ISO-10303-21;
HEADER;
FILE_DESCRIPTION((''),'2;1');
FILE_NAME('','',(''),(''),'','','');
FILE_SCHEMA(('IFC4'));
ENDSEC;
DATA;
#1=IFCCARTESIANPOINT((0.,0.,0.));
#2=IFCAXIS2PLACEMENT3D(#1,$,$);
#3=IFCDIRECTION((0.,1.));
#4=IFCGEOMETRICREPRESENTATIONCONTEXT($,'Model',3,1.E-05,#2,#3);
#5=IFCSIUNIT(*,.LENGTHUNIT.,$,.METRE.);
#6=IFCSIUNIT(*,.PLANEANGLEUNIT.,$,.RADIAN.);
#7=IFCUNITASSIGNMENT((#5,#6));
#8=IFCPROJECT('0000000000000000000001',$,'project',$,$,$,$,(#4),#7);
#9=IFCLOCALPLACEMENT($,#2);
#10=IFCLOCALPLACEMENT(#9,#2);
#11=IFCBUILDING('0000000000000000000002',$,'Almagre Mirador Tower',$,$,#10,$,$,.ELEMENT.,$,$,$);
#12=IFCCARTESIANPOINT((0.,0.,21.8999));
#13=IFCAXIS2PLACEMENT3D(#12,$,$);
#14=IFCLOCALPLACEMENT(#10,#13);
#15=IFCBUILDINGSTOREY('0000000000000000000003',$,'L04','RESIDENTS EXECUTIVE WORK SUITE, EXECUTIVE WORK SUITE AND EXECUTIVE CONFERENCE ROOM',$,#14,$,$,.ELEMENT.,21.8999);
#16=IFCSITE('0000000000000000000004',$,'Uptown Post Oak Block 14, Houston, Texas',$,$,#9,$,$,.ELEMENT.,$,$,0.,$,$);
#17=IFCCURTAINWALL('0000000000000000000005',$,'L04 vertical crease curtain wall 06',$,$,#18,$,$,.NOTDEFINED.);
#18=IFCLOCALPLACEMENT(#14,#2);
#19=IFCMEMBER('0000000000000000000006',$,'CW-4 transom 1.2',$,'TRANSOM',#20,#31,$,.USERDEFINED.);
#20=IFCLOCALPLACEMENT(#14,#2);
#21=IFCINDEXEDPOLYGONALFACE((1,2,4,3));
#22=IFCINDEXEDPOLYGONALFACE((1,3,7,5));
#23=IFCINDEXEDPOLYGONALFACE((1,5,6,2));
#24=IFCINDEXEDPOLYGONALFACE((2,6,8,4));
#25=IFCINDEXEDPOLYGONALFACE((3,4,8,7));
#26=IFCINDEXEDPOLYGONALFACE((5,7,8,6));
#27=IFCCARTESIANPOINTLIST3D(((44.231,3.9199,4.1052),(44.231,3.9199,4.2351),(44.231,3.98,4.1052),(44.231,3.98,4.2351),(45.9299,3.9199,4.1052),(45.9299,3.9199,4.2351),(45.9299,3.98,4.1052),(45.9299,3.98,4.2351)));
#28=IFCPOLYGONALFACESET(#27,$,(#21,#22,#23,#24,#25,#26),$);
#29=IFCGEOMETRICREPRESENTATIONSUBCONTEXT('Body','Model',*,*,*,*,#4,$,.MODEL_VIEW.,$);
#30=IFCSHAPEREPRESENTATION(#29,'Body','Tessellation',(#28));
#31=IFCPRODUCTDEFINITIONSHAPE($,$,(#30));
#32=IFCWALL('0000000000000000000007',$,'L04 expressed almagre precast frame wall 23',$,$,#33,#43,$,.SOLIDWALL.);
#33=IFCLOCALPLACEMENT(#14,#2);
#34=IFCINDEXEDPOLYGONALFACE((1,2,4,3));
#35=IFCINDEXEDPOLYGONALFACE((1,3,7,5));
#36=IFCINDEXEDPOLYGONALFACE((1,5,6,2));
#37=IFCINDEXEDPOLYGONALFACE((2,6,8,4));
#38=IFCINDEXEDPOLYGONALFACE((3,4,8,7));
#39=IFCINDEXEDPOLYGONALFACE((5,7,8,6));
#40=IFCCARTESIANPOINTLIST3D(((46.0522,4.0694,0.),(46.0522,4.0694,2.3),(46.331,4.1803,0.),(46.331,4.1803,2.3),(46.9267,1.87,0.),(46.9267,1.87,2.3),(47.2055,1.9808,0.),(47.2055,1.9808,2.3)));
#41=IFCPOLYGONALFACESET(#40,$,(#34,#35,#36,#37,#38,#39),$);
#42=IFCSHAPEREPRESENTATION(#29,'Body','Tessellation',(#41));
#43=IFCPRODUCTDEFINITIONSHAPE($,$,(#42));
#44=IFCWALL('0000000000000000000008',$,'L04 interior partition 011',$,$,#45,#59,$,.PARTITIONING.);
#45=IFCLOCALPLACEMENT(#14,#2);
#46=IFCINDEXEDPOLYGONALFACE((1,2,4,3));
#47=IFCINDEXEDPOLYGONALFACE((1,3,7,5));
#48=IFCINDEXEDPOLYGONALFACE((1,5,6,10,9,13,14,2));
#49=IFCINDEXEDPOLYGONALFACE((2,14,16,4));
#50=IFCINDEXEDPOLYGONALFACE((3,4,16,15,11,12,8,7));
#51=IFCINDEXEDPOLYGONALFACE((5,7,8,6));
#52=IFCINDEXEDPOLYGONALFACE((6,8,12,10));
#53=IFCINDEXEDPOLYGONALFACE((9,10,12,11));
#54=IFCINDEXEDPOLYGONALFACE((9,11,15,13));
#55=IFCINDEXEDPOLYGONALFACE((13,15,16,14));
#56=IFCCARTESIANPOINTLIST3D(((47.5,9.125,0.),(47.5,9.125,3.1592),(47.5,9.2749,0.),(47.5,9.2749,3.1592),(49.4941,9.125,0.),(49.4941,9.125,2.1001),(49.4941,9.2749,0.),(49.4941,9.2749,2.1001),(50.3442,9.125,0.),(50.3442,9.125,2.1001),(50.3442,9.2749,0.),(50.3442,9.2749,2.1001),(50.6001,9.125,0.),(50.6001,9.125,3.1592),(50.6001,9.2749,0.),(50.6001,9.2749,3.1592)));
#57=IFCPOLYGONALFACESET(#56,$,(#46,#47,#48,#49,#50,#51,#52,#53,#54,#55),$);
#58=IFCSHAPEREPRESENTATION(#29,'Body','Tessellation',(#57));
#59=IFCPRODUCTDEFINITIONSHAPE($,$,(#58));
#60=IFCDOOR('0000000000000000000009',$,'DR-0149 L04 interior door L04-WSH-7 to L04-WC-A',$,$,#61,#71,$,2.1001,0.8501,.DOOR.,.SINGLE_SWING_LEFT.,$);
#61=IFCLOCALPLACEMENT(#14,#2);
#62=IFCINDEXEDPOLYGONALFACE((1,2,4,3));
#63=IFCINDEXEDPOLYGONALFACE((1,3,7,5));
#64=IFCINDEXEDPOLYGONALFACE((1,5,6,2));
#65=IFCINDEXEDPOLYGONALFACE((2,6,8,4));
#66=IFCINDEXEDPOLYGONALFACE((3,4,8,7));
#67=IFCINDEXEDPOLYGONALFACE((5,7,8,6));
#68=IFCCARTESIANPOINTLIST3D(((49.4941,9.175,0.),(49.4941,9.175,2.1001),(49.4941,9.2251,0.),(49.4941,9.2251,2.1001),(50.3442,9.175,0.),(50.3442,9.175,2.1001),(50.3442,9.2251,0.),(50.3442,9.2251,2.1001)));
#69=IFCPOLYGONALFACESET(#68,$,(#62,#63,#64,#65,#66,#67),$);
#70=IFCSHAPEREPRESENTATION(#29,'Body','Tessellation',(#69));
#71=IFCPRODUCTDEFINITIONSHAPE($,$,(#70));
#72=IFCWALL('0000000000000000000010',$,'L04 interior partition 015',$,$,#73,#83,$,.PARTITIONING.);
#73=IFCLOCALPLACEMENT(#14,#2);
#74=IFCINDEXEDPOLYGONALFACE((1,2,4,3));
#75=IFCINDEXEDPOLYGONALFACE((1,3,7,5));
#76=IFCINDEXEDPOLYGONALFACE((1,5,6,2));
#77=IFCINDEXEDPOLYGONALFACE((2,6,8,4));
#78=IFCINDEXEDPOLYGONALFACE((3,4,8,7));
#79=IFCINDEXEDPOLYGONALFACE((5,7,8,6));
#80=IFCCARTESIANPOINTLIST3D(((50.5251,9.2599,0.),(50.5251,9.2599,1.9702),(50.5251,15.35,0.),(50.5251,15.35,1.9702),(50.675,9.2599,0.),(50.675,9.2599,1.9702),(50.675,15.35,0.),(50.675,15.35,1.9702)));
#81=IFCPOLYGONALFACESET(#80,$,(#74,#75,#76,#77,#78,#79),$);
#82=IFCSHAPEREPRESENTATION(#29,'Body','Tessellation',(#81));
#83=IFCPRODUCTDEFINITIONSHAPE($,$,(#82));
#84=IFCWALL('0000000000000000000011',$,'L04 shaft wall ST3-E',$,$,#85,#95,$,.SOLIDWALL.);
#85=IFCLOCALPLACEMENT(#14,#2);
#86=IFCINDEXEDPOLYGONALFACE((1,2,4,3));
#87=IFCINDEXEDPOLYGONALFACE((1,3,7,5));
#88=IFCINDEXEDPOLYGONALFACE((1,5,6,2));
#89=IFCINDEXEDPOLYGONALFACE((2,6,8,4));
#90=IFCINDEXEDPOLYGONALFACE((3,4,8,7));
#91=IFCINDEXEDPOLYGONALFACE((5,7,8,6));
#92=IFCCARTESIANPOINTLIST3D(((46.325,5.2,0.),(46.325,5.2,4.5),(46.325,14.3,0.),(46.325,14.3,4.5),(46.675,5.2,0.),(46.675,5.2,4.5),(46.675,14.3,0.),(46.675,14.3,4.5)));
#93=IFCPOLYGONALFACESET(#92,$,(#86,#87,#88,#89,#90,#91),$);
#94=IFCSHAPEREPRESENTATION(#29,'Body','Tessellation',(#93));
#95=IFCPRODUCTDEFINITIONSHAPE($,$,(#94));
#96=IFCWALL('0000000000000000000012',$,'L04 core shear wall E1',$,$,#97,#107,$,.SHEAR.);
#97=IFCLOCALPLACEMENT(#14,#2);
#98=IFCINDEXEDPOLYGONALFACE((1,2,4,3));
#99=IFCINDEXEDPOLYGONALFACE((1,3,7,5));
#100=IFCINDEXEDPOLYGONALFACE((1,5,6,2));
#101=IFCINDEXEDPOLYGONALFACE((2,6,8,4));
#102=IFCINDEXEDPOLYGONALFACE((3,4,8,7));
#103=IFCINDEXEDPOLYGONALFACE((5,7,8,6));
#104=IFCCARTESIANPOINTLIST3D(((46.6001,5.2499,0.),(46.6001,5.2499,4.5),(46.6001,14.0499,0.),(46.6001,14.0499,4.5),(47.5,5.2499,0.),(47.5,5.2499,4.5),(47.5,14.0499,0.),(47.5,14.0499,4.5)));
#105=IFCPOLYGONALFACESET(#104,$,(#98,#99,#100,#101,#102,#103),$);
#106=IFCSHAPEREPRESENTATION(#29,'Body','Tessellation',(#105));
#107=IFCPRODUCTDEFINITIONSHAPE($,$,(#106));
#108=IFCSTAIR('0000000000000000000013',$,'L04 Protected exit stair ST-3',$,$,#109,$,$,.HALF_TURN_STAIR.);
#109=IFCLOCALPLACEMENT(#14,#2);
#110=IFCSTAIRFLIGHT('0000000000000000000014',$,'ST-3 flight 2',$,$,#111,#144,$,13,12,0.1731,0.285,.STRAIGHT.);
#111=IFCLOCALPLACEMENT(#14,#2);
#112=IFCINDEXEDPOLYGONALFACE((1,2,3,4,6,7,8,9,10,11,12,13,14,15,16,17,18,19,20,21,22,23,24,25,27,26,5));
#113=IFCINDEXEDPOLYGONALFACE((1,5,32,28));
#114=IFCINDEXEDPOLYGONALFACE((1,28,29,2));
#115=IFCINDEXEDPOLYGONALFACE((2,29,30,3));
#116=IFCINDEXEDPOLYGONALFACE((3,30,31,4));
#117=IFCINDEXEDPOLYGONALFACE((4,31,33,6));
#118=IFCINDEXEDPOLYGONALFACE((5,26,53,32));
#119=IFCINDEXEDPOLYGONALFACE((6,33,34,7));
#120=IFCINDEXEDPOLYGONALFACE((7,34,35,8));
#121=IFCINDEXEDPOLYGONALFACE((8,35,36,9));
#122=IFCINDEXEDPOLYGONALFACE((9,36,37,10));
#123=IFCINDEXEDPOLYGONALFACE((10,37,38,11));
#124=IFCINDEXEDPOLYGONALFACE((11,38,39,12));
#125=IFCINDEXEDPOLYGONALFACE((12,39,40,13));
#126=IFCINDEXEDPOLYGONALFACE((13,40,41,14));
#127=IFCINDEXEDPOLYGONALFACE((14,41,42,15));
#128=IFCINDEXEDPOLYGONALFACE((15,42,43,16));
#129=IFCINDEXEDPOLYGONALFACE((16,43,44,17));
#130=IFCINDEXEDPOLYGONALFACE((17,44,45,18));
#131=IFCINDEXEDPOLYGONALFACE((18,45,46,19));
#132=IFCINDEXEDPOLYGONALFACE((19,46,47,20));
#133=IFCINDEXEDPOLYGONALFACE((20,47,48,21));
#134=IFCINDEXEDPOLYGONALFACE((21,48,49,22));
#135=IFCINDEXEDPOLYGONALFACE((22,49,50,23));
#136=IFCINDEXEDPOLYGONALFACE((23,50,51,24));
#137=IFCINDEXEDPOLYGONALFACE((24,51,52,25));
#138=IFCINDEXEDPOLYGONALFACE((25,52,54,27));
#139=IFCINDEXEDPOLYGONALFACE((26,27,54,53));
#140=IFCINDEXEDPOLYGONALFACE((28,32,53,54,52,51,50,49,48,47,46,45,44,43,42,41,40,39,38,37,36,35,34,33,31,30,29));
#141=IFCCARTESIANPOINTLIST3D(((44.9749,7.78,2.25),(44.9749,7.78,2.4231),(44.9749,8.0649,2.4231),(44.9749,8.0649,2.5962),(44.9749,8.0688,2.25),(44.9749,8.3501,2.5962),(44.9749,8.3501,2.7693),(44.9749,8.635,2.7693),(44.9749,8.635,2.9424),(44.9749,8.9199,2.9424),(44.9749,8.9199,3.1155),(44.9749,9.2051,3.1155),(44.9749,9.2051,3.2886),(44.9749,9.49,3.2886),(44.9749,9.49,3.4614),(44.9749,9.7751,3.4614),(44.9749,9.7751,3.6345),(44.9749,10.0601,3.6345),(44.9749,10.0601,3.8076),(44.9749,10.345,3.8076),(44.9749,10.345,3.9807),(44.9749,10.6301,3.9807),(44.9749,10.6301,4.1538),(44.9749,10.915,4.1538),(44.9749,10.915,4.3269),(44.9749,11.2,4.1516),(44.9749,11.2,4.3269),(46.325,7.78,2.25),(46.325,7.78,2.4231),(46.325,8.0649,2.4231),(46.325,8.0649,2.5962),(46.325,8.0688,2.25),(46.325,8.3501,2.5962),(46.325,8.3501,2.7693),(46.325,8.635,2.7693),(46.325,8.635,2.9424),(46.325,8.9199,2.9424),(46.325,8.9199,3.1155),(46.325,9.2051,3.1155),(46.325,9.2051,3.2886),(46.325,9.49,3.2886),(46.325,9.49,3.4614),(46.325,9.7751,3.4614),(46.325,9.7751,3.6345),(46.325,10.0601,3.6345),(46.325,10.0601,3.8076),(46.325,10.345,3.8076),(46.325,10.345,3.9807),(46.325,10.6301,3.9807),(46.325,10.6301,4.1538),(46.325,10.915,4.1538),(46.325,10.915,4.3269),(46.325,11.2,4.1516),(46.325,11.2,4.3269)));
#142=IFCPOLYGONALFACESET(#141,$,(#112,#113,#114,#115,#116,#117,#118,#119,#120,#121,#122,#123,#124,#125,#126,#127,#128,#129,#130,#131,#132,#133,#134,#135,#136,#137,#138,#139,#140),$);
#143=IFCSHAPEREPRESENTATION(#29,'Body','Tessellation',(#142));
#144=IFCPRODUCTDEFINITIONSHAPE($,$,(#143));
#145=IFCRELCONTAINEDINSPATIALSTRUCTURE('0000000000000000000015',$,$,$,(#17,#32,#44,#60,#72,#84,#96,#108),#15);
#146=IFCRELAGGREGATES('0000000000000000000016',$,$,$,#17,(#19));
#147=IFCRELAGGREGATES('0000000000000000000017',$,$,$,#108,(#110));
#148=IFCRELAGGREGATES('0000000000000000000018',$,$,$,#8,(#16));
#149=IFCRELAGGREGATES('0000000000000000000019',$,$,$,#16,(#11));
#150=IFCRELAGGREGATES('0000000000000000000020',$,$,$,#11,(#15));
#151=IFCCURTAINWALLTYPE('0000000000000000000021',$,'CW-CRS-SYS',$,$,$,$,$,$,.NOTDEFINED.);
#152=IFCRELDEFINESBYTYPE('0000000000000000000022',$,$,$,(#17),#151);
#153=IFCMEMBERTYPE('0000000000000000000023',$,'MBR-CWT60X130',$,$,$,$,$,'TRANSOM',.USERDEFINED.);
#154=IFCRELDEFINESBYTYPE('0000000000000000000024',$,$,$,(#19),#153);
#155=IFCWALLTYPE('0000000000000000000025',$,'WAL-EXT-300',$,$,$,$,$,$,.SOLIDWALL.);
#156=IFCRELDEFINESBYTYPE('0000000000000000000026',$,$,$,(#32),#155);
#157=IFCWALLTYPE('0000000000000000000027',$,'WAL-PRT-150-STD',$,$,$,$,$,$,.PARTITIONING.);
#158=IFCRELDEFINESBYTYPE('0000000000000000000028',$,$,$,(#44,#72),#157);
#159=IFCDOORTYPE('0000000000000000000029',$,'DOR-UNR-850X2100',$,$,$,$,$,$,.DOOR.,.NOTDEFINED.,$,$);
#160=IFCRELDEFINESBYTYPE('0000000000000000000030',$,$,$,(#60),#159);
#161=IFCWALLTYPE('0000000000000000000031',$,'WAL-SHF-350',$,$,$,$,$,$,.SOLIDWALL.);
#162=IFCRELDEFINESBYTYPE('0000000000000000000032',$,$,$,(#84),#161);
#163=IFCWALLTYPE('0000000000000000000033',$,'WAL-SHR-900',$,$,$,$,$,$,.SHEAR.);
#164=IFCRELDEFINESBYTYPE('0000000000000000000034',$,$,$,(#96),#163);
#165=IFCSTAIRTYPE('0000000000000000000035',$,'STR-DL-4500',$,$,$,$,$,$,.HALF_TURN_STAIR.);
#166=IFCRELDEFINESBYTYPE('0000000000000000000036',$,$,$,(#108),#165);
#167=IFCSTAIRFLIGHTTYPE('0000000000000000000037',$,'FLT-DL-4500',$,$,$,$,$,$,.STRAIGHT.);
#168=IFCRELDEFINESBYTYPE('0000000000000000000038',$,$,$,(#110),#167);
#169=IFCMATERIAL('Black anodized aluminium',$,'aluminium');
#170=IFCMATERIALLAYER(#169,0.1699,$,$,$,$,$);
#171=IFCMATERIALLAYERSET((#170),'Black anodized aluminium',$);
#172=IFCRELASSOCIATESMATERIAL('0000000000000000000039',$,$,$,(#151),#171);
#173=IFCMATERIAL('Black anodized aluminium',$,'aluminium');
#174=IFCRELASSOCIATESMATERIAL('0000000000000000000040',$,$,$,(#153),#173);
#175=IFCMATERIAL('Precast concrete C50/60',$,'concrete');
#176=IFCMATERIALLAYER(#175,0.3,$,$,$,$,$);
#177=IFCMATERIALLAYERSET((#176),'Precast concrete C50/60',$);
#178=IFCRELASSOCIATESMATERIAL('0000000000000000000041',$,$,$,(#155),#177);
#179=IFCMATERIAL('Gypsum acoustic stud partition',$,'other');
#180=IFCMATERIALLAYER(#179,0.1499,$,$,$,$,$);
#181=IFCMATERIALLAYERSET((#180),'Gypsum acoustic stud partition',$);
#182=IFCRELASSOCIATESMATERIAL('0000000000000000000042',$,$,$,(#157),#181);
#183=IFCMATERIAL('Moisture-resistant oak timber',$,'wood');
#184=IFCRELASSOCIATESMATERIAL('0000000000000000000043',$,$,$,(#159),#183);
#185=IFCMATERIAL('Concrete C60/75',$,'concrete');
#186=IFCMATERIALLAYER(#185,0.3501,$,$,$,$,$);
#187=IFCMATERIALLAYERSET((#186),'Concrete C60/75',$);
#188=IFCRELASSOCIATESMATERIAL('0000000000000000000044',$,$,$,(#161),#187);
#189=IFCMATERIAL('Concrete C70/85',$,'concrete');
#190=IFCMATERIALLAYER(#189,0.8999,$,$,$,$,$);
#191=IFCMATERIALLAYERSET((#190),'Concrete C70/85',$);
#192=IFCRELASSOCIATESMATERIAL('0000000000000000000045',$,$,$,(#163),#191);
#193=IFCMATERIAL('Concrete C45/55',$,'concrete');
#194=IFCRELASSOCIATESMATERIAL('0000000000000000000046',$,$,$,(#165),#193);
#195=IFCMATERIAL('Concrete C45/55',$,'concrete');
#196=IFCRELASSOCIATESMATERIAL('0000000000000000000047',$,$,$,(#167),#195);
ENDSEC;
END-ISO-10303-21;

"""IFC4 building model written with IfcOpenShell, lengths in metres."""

from ifc_helpers import new_model, si_unit, direction, frame, frame_2d, origin, origin_2d, place, context, subcontext, project, spatial, polyline, rectangle, outline, extrude, material, layer, layer_set, material_profile, profile_set, type_object, element, fill, aggregate, save


model = new_model("IFC4")

# Units and contexts
model_context = context("Model", 3, precision=1e-05, world=origin(), true_north=direction((0.0, 1.0)))
body_context = subcontext(model_context, "Body", "Model", "MODEL_VIEW")
ifc_project = project(units=[si_unit("LENGTHUNIT", "METRE"), si_unit("PLANEANGLEUNIT", "RADIAN")], contexts=[model_context])

# Site, building, storey
site_placement = place(None, origin())
site = spatial("IfcSite", under=ifc_project, at=site_placement, Name="Uptown Post Oak Block 14, Houston, Texas", CompositionType="ELEMENT", RefElevation=0.0)
building_placement = place(site_placement, origin())
building = spatial("IfcBuilding", under=site, at=building_placement, Name="Almagre Mirador Tower", CompositionType="ELEMENT")
storey_placement = place(building_placement, frame((0.0, 0.0, 21.8999)))
storey = spatial("IfcBuildingStorey", under=building, at=storey_placement, Name="L04", Description="RESIDENTS EXECUTIVE WORK SUITE, EXECUTIVE WORK SUITE AND EXECUTIVE CONFERENCE ROOM", CompositionType="ELEMENT", Elevation=21.8999)

# Curtain wall, member
ifc_material_1 = material(Name="Black anodized aluminium", Category="aluminium")
ifc_layer_1 = layer(ifc_material_1, 0.1699)
ifc_layer_set_1 = layer_set([ifc_layer_1], Name="Black anodized aluminium")
curtain_wall_type = type_object("IfcCurtainWallType", Name="CW-CRS-SYS", PredefinedType="NOTDEFINED", material=ifc_layer_set_1)
curtain_wall_placement = place(storey_placement, origin())
curtain_wall = element("IfcCurtainWall", 1, at=curtain_wall_placement, inside=storey, type_object=curtain_wall_type, Name="L04 vertical crease curtain wall 06", PredefinedType="NOTDEFINED")
ifc_material_2 = material(Name="Black anodized aluminium", Category="aluminium")
ifc_material_profile_1 = material_profile(ifc_material_2, rectangle(XDim=0.0601, YDim=0.1299, at=origin_2d()), Name="CWT60X130")
ifc_profile_set_1 = profile_set([ifc_material_profile_1], Name="Black anodized aluminium")
member_type_1 = type_object("IfcMemberType", Name="MBR-CWT60X130", ElementType="TRANSOM", PredefinedType="USERDEFINED", material=ifc_profile_set_1)
member_1_placement = place(storey_placement, frame((45.9299, 3.95, 4.1702), z_axis=(-1.0, 0.0, 0.0), x_axis=(0.0, -1.0, 0.0)))
member_1 = element("IfcMember", 2, at=member_1_placement, type_object=member_type_1, Name="CW-4 transom 1.2", ObjectType="TRANSOM", PredefinedType="USERDEFINED", context=body_context, shape_type="SweptSolid", body=[
    extrude(rectangle(XDim=0.0601, YDim=0.1299, at=origin_2d()), origin(), (0.0, 0.0, 1.0), 1.699),
])
aggregate(curtain_wall, [member_1])

# Wall
ifc_material_3 = material(Name="Precast concrete C50/60", Category="concrete")
ifc_layer_2 = layer(ifc_material_3, 0.3)
ifc_layer_set_2 = layer_set([ifc_layer_2], Name="Precast concrete C50/60")
wall_type_1 = type_object("IfcWallType", Name="WAL-EXT-300", PredefinedType="SOLIDWALL", material=ifc_layer_set_2)
wall_1_placement = place(storey_placement, frame((47.0662, 1.9253, 0.0), z_axis=(0.0, 0.0, 1.0), x_axis=(-0.369469, 0.929243, 0.0)))
element("IfcWall", 3, at=wall_1_placement, inside=storey, type_object=wall_type_1, Name="L04 expressed almagre precast frame wall 23", PredefinedType="SOLIDWALL", context=body_context, shape_type="SweptSolid", body=[
    extrude(rectangle(XDim=2.3669, YDim=0.3, at=frame_2d((1.1836, 0.0))), origin(), (0.0, 0.0, 1.0), 2.3),
])

# Wall, opening, door
ifc_material_4 = material(Name="Gypsum acoustic stud partition", Category="other")
ifc_layer_3 = layer(ifc_material_4, 0.1499)
ifc_layer_set_3 = layer_set([ifc_layer_3], Name="Gypsum acoustic stud partition")
wall_type_2 = type_object("IfcWallType", Name="WAL-PRT-150-STD", PredefinedType="PARTITIONING", material=ifc_layer_set_3)
wall_2_placement = place(storey_placement, frame((50.6001, 9.2, 0.0), z_axis=(0.0, 0.0, 1.0), x_axis=(-1.0, 0.0, 0.0)))
wall_2 = element("IfcWall", 4, at=wall_2_placement, inside=storey, type_object=wall_type_2, Name="L04 interior partition 011", PredefinedType="PARTITIONING", context=body_context, shape_type="SweptSolid", body=[
    extrude(rectangle(XDim=3.1001, YDim=0.1499, at=frame_2d((1.55, 0.0))), origin(), (0.0, 0.0, 1.0), 3.1592),
])
opening_placement = place(wall_2_placement, frame((0.2559, 0.0, 0.0)))
opening = element("IfcOpeningElement", 5, at=opening_placement, cuts=wall_2, PredefinedType="OPENING", context=body_context, shape_type="SweptSolid", body=[
    extrude(rectangle(XDim=0.8501, YDim=2.1001, at=frame_2d((0.425, 1.05))), frame((0.0, 0.085, 0.0), z_axis=(0.0, -1.0, 0.0), x_axis=(1.0, 0.0, 0.0)), (0.0, 0.0, 1.0), 0.1699),
])
ifc_material_5 = material(Name="Moisture-resistant oak timber", Category="wood")
door_type = type_object("IfcDoorType", Name="DOR-UNR-850X2100", OperationType="NOTDEFINED", PredefinedType="DOOR", material=ifc_material_5)
door_placement = place(opening_placement, origin())
door = element("IfcDoor", 6, at=door_placement, inside=storey, type_object=door_type, Name="DR-0149 L04 interior door L04-WSH-7 to L04-WC-A", OperationType="SINGLE_SWING_LEFT", OverallHeight=2.1001, OverallWidth=0.8501, PredefinedType="DOOR", context=body_context, shape_type="SweptSolid", body=[
    extrude(rectangle(XDim=0.8501, YDim=2.1001, at=frame_2d((0.425, 1.05))), frame((0.0, 0.0249, 0.0), z_axis=(0.0, -1.0, 0.0), x_axis=(1.0, 0.0, 0.0)), (0.0, 0.0, 1.0), 0.05),
])
fill(opening, door)

# Walls
wall_3_placement = place(storey_placement, frame((50.6001, 9.26, 0.0), z_axis=(0.0, 0.0, 1.0), x_axis=(0.0, 1.0, 0.0)))
element("IfcWall", 7, at=wall_3_placement, inside=storey, type_object=wall_type_2, Name="L04 interior partition 015", PredefinedType="PARTITIONING", context=body_context, shape_type="SweptSolid", body=[
    extrude(rectangle(XDim=6.0901, YDim=0.1499, at=frame_2d((3.0449, 0.0))), origin(), (0.0, 0.0, 1.0), 1.9702),
])
ifc_material_6 = material(Name="Concrete C60/75", Category="concrete")
ifc_layer_4 = layer(ifc_material_6, 0.3501)
ifc_layer_set_4 = layer_set([ifc_layer_4], Name="Concrete C60/75")
wall_type_3 = type_object("IfcWallType", Name="WAL-SHF-350", PredefinedType="SOLIDWALL", material=ifc_layer_set_4)
wall_4_placement = place(storey_placement, frame((46.5, 5.2, 0.0), z_axis=(0.0, 0.0, 1.0), x_axis=(0.0, 1.0, 0.0)))
element("IfcWall", 8, at=wall_4_placement, inside=storey, type_object=wall_type_3, Name="L04 shaft wall ST3-E", PredefinedType="SOLIDWALL", context=body_context, shape_type="SweptSolid", body=[
    extrude(rectangle(XDim=9.1001, YDim=0.3501, at=frame_2d((4.55, 0.0))), origin(), (0.0, 0.0, 1.0), 4.5),
])
ifc_material_7 = material(Name="Concrete C70/85", Category="concrete")
ifc_layer_5 = layer(ifc_material_7, 0.8999)
ifc_layer_set_5 = layer_set([ifc_layer_5], Name="Concrete C70/85")
wall_type_4 = type_object("IfcWallType", Name="WAL-SHR-900", PredefinedType="SHEAR", material=ifc_layer_set_5)
wall_5_placement = place(storey_placement, frame((47.05, 5.25, 0.0), z_axis=(0.0, 0.0, 1.0), x_axis=(0.0, 1.0, 0.0)))
element("IfcWall", 9, at=wall_5_placement, inside=storey, type_object=wall_type_4, Name="L04 core shear wall E1", PredefinedType="SHEAR", context=body_context, shape_type="SweptSolid", body=[
    extrude(rectangle(XDim=8.8, YDim=0.8999, at=frame_2d((4.3999, 0.0))), origin(), (0.0, 0.0, 1.0), 4.5),
])

# Stair, stair flight
ifc_material_8 = material(Name="Concrete C45/55", Category="concrete")
stair_type = type_object("IfcStairType", Name="STR-DL-4500", PredefinedType="HALF_TURN_STAIR", material=ifc_material_8)
stair_placement = place(storey_placement, origin())
stair = element("IfcStair", 10, at=stair_placement, inside=storey, type_object=stair_type, Name="L04 Protected exit stair ST-3", PredefinedType="HALF_TURN_STAIR")
ifc_material_9 = material(Name="Concrete C45/55", Category="concrete")
stair_flight_type = type_object("IfcStairFlightType", Name="FLT-DL-4500", PredefinedType="STRAIGHT", material=ifc_material_9)
stair_flight_placement = place(storey_placement, frame((45.6499, 7.78, 2.25), z_axis=(0.0, 0.0, 1.0), x_axis=(0.0, 1.0, 0.0)))
stair_flight = element("IfcStairFlight", 11, at=stair_flight_placement, type_object=stair_flight_type, Name="ST-3 flight 2", NumberOfRisers=13, NumberOfTreads=12, PredefinedType="STRAIGHT", RiserHeight=0.1731, TreadLength=0.285, context=body_context, shape_type="SweptSolid", body=[
    extrude(outline(polyline([(0.0, 0.0), (0.0, 0.1731), (0.2849, 0.1731), (0.2849, 0.3462), (0.5701, 0.3462), (0.5701, 0.5193), (0.855, 0.5193), (0.855, 0.6924), (1.1399, 0.6924), (1.1399, 0.8655), (1.425, 0.8655), (1.425, 1.0386), (1.71, 1.0386), (1.71, 1.2114), (1.9951, 1.2114), (1.9951, 1.3845), (2.28, 1.3845), (2.28, 1.5576), (2.5649, 1.5576), (2.5649, 1.7307), (2.8501, 1.7307), (2.8501, 1.9038), (3.135, 1.9038), (3.135, 2.0769), (3.4199, 2.0769), (3.4199, 2.25), (3.4199, 1.9016), (0.2888, 0.0), (0.0, 0.0)])), frame((0.0, 0.675, 0.0), z_axis=(0.0, -1.0, 0.0), x_axis=(1.0, 0.0, 0.0)), (0.0, 0.0, 1.0), 1.3501),
])
aggregate(stair, [stair_flight])

save(model, "model.ifc")
